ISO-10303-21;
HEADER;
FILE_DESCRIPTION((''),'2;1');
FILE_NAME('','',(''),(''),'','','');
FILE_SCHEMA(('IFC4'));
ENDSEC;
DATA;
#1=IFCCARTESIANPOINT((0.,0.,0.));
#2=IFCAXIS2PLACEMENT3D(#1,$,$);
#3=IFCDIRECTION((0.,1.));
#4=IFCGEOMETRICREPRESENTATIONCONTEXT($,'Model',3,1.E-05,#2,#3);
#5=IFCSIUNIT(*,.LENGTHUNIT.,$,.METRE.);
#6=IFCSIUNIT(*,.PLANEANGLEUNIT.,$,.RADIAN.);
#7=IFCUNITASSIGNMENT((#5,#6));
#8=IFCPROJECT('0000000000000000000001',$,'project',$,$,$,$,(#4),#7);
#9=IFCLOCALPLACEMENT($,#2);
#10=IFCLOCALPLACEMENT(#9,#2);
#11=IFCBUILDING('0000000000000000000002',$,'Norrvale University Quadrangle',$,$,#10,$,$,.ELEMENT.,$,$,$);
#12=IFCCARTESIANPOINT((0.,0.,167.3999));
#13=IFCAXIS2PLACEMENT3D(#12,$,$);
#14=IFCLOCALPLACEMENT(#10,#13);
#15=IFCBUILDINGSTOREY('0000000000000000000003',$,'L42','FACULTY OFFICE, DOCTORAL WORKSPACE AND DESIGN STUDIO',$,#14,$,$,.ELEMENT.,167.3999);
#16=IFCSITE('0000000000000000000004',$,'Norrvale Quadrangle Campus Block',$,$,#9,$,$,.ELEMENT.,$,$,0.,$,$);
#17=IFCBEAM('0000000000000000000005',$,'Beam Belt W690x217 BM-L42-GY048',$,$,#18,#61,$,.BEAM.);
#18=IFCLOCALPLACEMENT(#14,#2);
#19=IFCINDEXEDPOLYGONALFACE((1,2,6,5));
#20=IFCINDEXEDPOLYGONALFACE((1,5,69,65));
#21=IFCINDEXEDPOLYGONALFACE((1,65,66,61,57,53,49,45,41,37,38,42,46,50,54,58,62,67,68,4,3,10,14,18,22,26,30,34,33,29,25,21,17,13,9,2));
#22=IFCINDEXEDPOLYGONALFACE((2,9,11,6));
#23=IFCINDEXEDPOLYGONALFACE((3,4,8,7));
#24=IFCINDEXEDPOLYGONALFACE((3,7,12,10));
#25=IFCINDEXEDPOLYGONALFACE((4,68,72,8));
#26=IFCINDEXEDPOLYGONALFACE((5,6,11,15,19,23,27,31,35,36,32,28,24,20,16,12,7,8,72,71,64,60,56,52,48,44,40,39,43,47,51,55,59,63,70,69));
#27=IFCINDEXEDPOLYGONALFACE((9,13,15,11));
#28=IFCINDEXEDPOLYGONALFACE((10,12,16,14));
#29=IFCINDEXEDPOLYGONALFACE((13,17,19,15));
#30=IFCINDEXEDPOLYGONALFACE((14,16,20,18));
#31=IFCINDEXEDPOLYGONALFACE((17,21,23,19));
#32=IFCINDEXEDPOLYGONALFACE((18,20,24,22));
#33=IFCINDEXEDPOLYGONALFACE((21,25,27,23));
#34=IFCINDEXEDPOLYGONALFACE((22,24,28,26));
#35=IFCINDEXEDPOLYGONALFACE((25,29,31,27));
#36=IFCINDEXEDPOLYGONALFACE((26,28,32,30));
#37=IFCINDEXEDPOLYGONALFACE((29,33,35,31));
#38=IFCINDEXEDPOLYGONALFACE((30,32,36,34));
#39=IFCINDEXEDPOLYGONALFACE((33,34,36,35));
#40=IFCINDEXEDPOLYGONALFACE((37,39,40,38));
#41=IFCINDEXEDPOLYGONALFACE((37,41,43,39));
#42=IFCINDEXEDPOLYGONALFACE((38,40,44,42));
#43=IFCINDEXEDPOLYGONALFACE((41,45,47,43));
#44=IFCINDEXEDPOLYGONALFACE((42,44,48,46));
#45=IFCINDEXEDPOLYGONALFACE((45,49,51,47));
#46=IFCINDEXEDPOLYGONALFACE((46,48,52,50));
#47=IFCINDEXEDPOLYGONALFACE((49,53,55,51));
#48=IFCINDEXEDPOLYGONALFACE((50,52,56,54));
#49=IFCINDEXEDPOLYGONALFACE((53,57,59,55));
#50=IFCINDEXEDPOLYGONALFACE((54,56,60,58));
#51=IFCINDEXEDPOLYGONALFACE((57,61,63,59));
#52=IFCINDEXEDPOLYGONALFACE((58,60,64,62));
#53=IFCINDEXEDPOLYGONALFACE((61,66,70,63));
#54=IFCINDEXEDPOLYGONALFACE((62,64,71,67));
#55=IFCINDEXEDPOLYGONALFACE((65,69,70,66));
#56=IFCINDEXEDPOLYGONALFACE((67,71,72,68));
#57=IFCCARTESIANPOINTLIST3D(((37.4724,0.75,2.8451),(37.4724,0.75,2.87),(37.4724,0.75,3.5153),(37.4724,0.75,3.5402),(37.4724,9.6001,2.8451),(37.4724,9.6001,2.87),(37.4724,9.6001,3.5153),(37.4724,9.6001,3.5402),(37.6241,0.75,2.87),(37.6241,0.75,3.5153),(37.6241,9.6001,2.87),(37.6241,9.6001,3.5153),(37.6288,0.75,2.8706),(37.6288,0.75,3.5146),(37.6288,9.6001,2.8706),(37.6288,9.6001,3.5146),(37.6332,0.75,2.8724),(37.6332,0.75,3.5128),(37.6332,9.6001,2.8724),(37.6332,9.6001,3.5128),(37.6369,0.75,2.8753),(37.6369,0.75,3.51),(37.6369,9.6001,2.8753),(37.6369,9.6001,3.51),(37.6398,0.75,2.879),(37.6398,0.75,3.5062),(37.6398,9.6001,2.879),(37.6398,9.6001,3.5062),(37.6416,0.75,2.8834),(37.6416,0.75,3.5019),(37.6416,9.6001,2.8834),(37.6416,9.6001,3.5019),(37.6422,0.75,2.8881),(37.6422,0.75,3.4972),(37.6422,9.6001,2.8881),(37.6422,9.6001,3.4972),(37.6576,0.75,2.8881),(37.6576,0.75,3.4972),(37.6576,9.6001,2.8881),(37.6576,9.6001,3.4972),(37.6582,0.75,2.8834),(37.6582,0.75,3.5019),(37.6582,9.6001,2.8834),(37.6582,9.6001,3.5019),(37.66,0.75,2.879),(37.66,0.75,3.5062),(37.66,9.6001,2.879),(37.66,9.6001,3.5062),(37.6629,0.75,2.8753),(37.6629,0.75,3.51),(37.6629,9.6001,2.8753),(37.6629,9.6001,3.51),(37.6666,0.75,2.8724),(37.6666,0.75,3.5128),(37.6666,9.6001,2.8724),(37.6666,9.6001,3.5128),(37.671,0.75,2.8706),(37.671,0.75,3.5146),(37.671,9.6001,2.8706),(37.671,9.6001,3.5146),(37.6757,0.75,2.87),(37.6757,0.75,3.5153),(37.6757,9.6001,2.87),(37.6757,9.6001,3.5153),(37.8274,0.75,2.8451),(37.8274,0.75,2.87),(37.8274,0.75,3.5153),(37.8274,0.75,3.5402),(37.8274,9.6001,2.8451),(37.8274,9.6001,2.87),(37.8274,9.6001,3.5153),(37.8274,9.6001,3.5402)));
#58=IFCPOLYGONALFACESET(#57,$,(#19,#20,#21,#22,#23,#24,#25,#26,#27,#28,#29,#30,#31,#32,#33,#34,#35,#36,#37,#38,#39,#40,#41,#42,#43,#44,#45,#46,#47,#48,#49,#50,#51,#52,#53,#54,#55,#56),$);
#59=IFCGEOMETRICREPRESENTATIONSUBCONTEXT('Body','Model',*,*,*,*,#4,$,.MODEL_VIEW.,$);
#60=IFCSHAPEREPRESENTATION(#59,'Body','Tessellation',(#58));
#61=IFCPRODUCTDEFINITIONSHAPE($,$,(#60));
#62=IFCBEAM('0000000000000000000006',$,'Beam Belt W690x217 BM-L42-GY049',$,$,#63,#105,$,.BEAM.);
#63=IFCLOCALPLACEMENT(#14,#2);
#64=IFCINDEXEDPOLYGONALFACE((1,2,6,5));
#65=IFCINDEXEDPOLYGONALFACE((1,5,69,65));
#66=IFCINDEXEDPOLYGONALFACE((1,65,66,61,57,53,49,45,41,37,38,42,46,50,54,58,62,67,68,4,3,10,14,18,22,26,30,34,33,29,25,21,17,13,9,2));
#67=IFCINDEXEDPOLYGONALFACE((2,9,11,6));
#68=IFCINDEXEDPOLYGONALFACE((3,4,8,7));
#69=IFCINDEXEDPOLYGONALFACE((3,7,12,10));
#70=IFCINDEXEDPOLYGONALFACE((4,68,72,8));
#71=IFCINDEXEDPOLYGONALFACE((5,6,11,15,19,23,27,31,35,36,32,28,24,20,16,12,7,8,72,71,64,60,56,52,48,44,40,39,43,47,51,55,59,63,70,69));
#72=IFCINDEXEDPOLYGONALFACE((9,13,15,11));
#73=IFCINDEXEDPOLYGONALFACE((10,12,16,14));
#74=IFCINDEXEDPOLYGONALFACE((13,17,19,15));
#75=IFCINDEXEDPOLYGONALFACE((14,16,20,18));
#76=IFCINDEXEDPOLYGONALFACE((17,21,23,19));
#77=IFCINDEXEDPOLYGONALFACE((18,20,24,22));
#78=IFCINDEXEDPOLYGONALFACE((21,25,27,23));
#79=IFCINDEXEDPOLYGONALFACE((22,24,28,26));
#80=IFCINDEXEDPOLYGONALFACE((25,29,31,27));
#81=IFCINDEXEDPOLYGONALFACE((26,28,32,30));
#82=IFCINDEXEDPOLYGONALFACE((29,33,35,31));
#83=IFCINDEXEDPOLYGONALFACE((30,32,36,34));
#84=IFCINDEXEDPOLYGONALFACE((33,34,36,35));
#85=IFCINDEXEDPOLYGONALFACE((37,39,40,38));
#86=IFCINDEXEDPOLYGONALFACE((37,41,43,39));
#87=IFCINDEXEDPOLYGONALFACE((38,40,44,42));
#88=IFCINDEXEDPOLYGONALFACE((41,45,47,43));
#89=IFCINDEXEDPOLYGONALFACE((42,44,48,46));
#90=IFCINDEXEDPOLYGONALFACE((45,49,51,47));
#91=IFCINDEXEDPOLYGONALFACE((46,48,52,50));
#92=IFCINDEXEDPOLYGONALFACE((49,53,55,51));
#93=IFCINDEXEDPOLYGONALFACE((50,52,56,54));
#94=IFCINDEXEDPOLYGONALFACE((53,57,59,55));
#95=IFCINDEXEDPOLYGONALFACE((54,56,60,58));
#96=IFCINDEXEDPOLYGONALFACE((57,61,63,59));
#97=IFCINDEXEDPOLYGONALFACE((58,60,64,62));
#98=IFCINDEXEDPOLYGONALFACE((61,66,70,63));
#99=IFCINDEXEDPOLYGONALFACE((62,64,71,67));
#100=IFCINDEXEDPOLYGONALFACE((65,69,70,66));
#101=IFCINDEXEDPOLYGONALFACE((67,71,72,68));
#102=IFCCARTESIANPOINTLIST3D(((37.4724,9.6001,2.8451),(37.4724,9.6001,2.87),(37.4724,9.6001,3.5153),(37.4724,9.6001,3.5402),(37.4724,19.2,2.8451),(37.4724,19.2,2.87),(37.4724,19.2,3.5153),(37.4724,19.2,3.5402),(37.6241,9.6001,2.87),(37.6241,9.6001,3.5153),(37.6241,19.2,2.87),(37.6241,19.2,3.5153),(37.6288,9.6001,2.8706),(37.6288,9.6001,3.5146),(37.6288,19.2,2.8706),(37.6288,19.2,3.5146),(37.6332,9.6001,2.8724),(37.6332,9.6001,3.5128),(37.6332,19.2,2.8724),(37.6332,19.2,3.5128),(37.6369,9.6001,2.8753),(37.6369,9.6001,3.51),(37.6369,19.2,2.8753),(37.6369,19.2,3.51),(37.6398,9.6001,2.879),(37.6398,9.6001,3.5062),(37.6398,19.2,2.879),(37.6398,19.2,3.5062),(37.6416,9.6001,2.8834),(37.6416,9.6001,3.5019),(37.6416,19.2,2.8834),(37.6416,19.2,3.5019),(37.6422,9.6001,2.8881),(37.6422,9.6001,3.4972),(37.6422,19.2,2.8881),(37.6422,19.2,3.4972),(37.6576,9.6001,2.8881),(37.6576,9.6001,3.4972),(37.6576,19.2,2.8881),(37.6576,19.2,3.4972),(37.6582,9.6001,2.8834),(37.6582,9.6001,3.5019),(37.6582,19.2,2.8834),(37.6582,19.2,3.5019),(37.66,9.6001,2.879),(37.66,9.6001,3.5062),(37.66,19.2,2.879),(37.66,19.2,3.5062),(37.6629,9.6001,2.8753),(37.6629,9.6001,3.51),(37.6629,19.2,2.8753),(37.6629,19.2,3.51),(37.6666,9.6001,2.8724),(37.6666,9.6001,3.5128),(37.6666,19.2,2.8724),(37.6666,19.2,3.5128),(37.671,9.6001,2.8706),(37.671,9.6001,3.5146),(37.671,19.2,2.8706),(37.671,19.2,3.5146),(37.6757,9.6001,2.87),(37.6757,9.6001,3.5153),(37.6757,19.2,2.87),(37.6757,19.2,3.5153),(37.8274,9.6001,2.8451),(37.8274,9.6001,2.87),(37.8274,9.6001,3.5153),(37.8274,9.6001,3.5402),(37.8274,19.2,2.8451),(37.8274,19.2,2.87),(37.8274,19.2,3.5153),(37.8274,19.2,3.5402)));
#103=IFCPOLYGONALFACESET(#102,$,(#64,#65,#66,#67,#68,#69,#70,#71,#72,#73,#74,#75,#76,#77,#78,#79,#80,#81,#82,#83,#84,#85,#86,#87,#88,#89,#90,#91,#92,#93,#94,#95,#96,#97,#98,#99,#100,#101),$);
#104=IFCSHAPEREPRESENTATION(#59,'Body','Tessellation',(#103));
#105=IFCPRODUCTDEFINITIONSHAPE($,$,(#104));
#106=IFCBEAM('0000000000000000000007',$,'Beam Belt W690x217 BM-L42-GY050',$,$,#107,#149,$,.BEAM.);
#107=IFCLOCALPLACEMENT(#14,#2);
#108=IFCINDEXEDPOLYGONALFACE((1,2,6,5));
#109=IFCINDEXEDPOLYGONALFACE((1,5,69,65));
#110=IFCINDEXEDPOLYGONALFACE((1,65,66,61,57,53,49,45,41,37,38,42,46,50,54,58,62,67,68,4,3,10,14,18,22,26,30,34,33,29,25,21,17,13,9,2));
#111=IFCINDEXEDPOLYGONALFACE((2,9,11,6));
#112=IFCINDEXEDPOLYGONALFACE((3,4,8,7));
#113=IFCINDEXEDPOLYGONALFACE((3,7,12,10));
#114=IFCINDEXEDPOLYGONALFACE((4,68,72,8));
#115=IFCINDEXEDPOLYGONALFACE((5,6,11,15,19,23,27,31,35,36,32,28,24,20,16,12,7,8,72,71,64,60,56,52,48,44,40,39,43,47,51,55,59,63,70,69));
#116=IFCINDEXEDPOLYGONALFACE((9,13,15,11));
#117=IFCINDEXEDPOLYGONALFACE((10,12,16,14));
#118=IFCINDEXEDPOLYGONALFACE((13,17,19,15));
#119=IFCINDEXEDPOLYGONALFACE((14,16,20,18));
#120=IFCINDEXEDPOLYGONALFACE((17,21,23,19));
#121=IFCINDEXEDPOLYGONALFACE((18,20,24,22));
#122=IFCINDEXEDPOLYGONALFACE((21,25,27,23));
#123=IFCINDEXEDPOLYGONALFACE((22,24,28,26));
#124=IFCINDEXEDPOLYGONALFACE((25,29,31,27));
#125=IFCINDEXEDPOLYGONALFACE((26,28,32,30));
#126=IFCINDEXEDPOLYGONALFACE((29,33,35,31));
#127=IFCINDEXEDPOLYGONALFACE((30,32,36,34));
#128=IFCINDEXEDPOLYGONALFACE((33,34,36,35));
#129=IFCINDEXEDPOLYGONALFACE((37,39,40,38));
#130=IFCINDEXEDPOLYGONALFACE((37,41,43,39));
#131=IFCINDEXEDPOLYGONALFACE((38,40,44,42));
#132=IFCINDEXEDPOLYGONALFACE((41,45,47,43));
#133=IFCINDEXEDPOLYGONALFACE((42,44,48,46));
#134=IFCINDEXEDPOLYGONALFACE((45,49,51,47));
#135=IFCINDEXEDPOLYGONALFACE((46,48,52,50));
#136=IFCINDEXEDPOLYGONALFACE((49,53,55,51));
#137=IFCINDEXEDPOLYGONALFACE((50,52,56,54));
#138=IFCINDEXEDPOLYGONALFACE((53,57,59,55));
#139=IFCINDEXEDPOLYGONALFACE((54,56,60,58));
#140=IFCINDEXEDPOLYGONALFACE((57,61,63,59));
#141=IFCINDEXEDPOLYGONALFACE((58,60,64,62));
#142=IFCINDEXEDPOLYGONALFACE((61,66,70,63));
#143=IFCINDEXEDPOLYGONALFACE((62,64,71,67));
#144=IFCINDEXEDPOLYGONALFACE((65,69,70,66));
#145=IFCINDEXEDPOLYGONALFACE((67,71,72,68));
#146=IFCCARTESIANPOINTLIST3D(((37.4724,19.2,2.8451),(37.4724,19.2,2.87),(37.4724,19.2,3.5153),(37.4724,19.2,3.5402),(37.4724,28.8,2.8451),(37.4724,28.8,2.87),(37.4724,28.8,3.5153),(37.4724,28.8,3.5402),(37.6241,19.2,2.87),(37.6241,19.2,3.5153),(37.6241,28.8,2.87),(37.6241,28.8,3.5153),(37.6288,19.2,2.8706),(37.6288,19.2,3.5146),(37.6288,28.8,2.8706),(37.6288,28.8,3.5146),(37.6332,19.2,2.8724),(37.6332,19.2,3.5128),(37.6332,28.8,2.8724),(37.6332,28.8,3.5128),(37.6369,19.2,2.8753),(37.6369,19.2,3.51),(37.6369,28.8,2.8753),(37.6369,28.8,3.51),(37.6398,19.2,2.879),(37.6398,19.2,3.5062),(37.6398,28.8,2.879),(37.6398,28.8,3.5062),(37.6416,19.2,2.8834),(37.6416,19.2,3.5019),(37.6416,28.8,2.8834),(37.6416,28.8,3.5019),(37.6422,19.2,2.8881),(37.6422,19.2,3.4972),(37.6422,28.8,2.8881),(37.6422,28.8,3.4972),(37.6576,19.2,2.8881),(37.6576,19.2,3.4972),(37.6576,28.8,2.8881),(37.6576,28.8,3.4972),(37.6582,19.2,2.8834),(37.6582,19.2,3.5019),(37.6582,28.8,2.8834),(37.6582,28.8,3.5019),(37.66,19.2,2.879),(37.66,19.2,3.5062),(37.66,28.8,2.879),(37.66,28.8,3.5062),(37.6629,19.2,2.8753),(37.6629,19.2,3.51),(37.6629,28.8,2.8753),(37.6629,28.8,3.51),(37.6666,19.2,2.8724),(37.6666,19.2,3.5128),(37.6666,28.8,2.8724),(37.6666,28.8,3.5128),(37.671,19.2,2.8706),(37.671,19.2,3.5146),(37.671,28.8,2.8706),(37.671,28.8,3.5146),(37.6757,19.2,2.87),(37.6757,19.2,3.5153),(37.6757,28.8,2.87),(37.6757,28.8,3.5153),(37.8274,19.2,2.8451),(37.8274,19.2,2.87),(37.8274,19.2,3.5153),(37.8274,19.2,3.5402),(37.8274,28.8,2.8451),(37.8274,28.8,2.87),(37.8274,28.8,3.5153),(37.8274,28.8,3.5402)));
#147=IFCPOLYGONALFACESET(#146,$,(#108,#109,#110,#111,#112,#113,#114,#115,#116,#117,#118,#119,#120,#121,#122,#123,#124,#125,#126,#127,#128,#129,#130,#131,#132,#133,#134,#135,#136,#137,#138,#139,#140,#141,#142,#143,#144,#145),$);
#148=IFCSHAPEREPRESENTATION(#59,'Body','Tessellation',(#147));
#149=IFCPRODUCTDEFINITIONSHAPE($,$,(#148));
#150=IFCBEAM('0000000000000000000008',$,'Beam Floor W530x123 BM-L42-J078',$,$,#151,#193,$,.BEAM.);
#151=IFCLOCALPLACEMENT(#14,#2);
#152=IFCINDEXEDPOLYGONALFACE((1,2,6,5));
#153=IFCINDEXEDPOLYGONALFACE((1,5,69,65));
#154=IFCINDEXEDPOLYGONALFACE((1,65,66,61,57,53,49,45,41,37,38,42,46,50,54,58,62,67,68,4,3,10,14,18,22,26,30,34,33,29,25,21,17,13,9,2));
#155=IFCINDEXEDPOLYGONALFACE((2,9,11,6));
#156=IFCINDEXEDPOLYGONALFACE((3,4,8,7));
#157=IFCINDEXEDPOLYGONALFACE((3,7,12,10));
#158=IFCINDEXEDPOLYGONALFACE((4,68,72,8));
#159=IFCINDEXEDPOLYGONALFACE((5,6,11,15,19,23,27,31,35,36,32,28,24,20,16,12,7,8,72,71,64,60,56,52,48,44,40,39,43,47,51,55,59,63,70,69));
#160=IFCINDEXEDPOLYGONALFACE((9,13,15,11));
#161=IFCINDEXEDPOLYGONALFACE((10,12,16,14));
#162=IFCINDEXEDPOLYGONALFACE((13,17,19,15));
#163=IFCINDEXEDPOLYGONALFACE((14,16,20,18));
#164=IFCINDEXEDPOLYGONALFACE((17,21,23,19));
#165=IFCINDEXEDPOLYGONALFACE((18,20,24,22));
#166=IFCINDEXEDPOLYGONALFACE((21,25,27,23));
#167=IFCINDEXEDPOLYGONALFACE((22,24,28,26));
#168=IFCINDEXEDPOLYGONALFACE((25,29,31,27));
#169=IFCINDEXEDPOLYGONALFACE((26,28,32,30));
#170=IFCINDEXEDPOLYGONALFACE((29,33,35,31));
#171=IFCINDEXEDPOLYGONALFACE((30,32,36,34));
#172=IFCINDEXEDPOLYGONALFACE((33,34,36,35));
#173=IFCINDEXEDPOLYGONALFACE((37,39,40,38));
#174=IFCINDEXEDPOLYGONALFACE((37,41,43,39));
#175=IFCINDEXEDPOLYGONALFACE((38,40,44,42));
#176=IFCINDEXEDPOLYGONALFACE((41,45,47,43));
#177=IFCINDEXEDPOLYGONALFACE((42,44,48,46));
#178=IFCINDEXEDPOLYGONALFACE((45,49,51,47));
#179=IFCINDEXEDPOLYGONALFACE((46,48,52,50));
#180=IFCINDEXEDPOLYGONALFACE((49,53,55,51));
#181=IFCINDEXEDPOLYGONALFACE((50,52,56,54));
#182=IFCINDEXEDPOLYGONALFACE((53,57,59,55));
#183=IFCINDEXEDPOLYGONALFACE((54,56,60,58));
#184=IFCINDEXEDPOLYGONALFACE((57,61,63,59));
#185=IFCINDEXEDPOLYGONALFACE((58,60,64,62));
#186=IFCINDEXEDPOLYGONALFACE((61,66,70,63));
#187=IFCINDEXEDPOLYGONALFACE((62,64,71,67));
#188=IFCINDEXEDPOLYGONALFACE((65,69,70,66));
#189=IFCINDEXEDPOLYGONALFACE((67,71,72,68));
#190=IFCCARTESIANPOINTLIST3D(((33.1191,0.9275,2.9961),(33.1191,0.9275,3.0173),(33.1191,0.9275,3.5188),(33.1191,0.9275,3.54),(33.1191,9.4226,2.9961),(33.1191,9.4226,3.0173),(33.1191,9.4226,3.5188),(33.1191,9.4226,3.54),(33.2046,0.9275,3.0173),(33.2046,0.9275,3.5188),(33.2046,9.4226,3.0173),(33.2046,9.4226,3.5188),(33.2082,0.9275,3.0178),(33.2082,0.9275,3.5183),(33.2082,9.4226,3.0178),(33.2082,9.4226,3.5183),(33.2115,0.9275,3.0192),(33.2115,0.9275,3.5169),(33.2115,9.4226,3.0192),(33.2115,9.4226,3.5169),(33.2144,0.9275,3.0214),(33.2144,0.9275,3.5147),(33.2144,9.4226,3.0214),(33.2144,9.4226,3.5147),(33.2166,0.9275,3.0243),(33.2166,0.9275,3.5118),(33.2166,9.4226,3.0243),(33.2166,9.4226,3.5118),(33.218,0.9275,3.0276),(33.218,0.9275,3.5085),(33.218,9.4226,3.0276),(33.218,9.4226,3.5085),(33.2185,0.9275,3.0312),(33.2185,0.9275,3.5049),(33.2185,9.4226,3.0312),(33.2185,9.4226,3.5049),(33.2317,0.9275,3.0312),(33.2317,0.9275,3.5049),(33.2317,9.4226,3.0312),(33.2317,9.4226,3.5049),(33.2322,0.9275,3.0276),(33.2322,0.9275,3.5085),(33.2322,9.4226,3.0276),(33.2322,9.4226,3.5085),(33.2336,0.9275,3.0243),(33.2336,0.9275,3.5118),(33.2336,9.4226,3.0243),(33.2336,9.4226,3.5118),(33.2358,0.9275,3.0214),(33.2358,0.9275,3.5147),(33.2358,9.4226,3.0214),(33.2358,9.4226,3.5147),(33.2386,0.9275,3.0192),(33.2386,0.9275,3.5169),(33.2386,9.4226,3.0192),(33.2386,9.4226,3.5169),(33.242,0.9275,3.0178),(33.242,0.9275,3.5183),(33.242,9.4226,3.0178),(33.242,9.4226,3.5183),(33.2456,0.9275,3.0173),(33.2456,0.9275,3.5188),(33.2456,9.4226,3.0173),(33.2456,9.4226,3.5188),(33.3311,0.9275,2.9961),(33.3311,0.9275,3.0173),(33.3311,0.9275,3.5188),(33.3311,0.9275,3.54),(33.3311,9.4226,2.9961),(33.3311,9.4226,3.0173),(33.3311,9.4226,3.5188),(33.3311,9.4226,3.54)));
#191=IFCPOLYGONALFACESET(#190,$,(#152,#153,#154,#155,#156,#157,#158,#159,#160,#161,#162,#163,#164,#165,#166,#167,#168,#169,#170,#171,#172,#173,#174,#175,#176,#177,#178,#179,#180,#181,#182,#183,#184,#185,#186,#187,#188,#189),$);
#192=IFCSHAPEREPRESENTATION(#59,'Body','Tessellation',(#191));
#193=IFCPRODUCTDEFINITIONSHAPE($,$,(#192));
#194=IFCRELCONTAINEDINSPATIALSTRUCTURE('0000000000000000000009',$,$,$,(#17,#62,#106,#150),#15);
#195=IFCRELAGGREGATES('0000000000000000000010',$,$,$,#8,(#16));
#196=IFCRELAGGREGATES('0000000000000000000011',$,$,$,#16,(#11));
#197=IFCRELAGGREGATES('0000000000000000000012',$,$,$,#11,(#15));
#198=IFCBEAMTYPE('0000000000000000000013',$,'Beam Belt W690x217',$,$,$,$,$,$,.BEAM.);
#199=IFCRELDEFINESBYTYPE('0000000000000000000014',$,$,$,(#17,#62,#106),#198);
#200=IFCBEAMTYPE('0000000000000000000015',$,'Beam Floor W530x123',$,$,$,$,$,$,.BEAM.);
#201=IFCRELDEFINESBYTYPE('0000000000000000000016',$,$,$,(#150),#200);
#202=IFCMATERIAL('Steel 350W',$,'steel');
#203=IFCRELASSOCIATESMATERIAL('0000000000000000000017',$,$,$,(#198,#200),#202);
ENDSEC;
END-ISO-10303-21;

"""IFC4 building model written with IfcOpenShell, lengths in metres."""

from ifc_helpers import new_model, si_unit, direction, frame, origin, origin_2d, place, context, subcontext, project, spatial, i_section, extrude, material, material_profile, profile_set, type_object, element, save


model = new_model("IFC4")

# Units and contexts
model_context = context("Model", 3, precision=1e-05, world=origin(), true_north=direction((0.0, 1.0)))
body_context = subcontext(model_context, "Body", "Model", "MODEL_VIEW")
ifc_project = project(units=[si_unit("LENGTHUNIT", "METRE"), si_unit("PLANEANGLEUNIT", "RADIAN")], contexts=[model_context])

# Site, building, storey
site_placement = place(None, origin())
site = spatial("IfcSite", under=ifc_project, at=site_placement, Name="Norrvale Quadrangle Campus Block", CompositionType="ELEMENT", RefElevation=0.0)
building_placement = place(site_placement, origin())
building = spatial("IfcBuilding", under=site, at=building_placement, Name="Norrvale University Quadrangle", CompositionType="ELEMENT")
storey_placement = place(building_placement, frame((0.0, 0.0, 167.3999)))
storey = spatial("IfcBuildingStorey", under=building, at=storey_placement, Name="L42", Description="FACULTY OFFICE, DOCTORAL WORKSPACE AND DESIGN STUDIO", CompositionType="ELEMENT", Elevation=167.3999)

# Beams
ifc_material_1 = material(Name="Steel 350W", Category="steel")
ifc_material_profile_1 = material_profile(ifc_material_1, i_section(OverallWidth=0.355, OverallDepth=0.6951, WebThickness=0.0154, FlangeThickness=0.0249, FilletRadius=0.0181, at=origin_2d()), Name="Steel 350W")
ifc_profile_set_1 = profile_set([ifc_material_profile_1], Name="Steel 350W")
beam_type_1 = type_object("IfcBeamType", Name="Beam Belt W690x217", PredefinedType="BEAM", material=ifc_profile_set_1)
beam_1_placement = place(storey_placement, frame((37.6499, 0.75, 3.1926), z_axis=(0.0, 1.0, 0.0), x_axis=(-1.0, 0.0, 0.0)))
element("IfcBeam", 1, at=beam_1_placement, inside=storey, type_object=beam_type_1, Name="Beam Belt W690x217 BM-L42-GY048", PredefinedType="BEAM", context=body_context, shape_type="SweptSolid", body=[
    extrude(i_section(OverallWidth=0.355, OverallDepth=0.6951, WebThickness=0.0154, FlangeThickness=0.0249, FilletRadius=0.0181, at=origin_2d()), origin(), (0.0, 0.0, 1.0), 8.8501),
])
beam_2_placement = place(storey_placement, frame((37.6499, 9.6001, 3.1926), z_axis=(0.0, 1.0, 0.0), x_axis=(-1.0, 0.0, 0.0)))
element("IfcBeam", 2, at=beam_2_placement, inside=storey, type_object=beam_type_1, Name="Beam Belt W690x217 BM-L42-GY049", PredefinedType="BEAM", context=body_context, shape_type="SweptSolid", body=[
    extrude(i_section(OverallWidth=0.355, OverallDepth=0.6951, WebThickness=0.0154, FlangeThickness=0.0249, FilletRadius=0.0181, at=origin_2d()), origin(), (0.0, 0.0, 1.0), 9.5999),
])
beam_3_placement = place(storey_placement, frame((37.6499, 19.2, 3.1926), z_axis=(0.0, 1.0, 0.0), x_axis=(-1.0, 0.0, 0.0)))
element("IfcBeam", 3, at=beam_3_placement, inside=storey, type_object=beam_type_1, Name="Beam Belt W690x217 BM-L42-GY050", PredefinedType="BEAM", context=body_context, shape_type="SweptSolid", body=[
    extrude(i_section(OverallWidth=0.355, OverallDepth=0.6951, WebThickness=0.0154, FlangeThickness=0.0249, FilletRadius=0.0181, at=origin_2d()), origin(), (0.0, 0.0, 1.0), 9.6001),
])
ifc_material_profile_2 = material_profile(ifc_material_1, i_section(OverallWidth=0.2119, OverallDepth=0.5439, WebThickness=0.0132, FlangeThickness=0.0212, FilletRadius=0.0139, at=origin_2d()), Name="Steel 350W")
ifc_profile_set_2 = profile_set([ifc_material_profile_2], Name="Steel 350W")
beam_type_2 = type_object("IfcBeamType", Name="Beam Floor W530x123", PredefinedType="BEAM", material=ifc_profile_set_2)
beam_4_placement = place(storey_placement, frame((33.2251, 0.9275, 3.2681), z_axis=(0.0, 1.0, 0.0), x_axis=(-1.0, 0.0, 0.0)))
element("IfcBeam", 4, at=beam_4_placement, inside=storey, type_object=beam_type_2, Name="Beam Floor W530x123 BM-L42-J078", PredefinedType="BEAM", context=body_context, shape_type="SweptSolid", body=[
    extrude(i_section(OverallWidth=0.2119, OverallDepth=0.5439, WebThickness=0.0132, FlangeThickness=0.0212, FilletRadius=0.0139, at=origin_2d()), origin(), (0.0, 0.0, 1.0), 8.4951),
])

save(model, "model.ifc")
